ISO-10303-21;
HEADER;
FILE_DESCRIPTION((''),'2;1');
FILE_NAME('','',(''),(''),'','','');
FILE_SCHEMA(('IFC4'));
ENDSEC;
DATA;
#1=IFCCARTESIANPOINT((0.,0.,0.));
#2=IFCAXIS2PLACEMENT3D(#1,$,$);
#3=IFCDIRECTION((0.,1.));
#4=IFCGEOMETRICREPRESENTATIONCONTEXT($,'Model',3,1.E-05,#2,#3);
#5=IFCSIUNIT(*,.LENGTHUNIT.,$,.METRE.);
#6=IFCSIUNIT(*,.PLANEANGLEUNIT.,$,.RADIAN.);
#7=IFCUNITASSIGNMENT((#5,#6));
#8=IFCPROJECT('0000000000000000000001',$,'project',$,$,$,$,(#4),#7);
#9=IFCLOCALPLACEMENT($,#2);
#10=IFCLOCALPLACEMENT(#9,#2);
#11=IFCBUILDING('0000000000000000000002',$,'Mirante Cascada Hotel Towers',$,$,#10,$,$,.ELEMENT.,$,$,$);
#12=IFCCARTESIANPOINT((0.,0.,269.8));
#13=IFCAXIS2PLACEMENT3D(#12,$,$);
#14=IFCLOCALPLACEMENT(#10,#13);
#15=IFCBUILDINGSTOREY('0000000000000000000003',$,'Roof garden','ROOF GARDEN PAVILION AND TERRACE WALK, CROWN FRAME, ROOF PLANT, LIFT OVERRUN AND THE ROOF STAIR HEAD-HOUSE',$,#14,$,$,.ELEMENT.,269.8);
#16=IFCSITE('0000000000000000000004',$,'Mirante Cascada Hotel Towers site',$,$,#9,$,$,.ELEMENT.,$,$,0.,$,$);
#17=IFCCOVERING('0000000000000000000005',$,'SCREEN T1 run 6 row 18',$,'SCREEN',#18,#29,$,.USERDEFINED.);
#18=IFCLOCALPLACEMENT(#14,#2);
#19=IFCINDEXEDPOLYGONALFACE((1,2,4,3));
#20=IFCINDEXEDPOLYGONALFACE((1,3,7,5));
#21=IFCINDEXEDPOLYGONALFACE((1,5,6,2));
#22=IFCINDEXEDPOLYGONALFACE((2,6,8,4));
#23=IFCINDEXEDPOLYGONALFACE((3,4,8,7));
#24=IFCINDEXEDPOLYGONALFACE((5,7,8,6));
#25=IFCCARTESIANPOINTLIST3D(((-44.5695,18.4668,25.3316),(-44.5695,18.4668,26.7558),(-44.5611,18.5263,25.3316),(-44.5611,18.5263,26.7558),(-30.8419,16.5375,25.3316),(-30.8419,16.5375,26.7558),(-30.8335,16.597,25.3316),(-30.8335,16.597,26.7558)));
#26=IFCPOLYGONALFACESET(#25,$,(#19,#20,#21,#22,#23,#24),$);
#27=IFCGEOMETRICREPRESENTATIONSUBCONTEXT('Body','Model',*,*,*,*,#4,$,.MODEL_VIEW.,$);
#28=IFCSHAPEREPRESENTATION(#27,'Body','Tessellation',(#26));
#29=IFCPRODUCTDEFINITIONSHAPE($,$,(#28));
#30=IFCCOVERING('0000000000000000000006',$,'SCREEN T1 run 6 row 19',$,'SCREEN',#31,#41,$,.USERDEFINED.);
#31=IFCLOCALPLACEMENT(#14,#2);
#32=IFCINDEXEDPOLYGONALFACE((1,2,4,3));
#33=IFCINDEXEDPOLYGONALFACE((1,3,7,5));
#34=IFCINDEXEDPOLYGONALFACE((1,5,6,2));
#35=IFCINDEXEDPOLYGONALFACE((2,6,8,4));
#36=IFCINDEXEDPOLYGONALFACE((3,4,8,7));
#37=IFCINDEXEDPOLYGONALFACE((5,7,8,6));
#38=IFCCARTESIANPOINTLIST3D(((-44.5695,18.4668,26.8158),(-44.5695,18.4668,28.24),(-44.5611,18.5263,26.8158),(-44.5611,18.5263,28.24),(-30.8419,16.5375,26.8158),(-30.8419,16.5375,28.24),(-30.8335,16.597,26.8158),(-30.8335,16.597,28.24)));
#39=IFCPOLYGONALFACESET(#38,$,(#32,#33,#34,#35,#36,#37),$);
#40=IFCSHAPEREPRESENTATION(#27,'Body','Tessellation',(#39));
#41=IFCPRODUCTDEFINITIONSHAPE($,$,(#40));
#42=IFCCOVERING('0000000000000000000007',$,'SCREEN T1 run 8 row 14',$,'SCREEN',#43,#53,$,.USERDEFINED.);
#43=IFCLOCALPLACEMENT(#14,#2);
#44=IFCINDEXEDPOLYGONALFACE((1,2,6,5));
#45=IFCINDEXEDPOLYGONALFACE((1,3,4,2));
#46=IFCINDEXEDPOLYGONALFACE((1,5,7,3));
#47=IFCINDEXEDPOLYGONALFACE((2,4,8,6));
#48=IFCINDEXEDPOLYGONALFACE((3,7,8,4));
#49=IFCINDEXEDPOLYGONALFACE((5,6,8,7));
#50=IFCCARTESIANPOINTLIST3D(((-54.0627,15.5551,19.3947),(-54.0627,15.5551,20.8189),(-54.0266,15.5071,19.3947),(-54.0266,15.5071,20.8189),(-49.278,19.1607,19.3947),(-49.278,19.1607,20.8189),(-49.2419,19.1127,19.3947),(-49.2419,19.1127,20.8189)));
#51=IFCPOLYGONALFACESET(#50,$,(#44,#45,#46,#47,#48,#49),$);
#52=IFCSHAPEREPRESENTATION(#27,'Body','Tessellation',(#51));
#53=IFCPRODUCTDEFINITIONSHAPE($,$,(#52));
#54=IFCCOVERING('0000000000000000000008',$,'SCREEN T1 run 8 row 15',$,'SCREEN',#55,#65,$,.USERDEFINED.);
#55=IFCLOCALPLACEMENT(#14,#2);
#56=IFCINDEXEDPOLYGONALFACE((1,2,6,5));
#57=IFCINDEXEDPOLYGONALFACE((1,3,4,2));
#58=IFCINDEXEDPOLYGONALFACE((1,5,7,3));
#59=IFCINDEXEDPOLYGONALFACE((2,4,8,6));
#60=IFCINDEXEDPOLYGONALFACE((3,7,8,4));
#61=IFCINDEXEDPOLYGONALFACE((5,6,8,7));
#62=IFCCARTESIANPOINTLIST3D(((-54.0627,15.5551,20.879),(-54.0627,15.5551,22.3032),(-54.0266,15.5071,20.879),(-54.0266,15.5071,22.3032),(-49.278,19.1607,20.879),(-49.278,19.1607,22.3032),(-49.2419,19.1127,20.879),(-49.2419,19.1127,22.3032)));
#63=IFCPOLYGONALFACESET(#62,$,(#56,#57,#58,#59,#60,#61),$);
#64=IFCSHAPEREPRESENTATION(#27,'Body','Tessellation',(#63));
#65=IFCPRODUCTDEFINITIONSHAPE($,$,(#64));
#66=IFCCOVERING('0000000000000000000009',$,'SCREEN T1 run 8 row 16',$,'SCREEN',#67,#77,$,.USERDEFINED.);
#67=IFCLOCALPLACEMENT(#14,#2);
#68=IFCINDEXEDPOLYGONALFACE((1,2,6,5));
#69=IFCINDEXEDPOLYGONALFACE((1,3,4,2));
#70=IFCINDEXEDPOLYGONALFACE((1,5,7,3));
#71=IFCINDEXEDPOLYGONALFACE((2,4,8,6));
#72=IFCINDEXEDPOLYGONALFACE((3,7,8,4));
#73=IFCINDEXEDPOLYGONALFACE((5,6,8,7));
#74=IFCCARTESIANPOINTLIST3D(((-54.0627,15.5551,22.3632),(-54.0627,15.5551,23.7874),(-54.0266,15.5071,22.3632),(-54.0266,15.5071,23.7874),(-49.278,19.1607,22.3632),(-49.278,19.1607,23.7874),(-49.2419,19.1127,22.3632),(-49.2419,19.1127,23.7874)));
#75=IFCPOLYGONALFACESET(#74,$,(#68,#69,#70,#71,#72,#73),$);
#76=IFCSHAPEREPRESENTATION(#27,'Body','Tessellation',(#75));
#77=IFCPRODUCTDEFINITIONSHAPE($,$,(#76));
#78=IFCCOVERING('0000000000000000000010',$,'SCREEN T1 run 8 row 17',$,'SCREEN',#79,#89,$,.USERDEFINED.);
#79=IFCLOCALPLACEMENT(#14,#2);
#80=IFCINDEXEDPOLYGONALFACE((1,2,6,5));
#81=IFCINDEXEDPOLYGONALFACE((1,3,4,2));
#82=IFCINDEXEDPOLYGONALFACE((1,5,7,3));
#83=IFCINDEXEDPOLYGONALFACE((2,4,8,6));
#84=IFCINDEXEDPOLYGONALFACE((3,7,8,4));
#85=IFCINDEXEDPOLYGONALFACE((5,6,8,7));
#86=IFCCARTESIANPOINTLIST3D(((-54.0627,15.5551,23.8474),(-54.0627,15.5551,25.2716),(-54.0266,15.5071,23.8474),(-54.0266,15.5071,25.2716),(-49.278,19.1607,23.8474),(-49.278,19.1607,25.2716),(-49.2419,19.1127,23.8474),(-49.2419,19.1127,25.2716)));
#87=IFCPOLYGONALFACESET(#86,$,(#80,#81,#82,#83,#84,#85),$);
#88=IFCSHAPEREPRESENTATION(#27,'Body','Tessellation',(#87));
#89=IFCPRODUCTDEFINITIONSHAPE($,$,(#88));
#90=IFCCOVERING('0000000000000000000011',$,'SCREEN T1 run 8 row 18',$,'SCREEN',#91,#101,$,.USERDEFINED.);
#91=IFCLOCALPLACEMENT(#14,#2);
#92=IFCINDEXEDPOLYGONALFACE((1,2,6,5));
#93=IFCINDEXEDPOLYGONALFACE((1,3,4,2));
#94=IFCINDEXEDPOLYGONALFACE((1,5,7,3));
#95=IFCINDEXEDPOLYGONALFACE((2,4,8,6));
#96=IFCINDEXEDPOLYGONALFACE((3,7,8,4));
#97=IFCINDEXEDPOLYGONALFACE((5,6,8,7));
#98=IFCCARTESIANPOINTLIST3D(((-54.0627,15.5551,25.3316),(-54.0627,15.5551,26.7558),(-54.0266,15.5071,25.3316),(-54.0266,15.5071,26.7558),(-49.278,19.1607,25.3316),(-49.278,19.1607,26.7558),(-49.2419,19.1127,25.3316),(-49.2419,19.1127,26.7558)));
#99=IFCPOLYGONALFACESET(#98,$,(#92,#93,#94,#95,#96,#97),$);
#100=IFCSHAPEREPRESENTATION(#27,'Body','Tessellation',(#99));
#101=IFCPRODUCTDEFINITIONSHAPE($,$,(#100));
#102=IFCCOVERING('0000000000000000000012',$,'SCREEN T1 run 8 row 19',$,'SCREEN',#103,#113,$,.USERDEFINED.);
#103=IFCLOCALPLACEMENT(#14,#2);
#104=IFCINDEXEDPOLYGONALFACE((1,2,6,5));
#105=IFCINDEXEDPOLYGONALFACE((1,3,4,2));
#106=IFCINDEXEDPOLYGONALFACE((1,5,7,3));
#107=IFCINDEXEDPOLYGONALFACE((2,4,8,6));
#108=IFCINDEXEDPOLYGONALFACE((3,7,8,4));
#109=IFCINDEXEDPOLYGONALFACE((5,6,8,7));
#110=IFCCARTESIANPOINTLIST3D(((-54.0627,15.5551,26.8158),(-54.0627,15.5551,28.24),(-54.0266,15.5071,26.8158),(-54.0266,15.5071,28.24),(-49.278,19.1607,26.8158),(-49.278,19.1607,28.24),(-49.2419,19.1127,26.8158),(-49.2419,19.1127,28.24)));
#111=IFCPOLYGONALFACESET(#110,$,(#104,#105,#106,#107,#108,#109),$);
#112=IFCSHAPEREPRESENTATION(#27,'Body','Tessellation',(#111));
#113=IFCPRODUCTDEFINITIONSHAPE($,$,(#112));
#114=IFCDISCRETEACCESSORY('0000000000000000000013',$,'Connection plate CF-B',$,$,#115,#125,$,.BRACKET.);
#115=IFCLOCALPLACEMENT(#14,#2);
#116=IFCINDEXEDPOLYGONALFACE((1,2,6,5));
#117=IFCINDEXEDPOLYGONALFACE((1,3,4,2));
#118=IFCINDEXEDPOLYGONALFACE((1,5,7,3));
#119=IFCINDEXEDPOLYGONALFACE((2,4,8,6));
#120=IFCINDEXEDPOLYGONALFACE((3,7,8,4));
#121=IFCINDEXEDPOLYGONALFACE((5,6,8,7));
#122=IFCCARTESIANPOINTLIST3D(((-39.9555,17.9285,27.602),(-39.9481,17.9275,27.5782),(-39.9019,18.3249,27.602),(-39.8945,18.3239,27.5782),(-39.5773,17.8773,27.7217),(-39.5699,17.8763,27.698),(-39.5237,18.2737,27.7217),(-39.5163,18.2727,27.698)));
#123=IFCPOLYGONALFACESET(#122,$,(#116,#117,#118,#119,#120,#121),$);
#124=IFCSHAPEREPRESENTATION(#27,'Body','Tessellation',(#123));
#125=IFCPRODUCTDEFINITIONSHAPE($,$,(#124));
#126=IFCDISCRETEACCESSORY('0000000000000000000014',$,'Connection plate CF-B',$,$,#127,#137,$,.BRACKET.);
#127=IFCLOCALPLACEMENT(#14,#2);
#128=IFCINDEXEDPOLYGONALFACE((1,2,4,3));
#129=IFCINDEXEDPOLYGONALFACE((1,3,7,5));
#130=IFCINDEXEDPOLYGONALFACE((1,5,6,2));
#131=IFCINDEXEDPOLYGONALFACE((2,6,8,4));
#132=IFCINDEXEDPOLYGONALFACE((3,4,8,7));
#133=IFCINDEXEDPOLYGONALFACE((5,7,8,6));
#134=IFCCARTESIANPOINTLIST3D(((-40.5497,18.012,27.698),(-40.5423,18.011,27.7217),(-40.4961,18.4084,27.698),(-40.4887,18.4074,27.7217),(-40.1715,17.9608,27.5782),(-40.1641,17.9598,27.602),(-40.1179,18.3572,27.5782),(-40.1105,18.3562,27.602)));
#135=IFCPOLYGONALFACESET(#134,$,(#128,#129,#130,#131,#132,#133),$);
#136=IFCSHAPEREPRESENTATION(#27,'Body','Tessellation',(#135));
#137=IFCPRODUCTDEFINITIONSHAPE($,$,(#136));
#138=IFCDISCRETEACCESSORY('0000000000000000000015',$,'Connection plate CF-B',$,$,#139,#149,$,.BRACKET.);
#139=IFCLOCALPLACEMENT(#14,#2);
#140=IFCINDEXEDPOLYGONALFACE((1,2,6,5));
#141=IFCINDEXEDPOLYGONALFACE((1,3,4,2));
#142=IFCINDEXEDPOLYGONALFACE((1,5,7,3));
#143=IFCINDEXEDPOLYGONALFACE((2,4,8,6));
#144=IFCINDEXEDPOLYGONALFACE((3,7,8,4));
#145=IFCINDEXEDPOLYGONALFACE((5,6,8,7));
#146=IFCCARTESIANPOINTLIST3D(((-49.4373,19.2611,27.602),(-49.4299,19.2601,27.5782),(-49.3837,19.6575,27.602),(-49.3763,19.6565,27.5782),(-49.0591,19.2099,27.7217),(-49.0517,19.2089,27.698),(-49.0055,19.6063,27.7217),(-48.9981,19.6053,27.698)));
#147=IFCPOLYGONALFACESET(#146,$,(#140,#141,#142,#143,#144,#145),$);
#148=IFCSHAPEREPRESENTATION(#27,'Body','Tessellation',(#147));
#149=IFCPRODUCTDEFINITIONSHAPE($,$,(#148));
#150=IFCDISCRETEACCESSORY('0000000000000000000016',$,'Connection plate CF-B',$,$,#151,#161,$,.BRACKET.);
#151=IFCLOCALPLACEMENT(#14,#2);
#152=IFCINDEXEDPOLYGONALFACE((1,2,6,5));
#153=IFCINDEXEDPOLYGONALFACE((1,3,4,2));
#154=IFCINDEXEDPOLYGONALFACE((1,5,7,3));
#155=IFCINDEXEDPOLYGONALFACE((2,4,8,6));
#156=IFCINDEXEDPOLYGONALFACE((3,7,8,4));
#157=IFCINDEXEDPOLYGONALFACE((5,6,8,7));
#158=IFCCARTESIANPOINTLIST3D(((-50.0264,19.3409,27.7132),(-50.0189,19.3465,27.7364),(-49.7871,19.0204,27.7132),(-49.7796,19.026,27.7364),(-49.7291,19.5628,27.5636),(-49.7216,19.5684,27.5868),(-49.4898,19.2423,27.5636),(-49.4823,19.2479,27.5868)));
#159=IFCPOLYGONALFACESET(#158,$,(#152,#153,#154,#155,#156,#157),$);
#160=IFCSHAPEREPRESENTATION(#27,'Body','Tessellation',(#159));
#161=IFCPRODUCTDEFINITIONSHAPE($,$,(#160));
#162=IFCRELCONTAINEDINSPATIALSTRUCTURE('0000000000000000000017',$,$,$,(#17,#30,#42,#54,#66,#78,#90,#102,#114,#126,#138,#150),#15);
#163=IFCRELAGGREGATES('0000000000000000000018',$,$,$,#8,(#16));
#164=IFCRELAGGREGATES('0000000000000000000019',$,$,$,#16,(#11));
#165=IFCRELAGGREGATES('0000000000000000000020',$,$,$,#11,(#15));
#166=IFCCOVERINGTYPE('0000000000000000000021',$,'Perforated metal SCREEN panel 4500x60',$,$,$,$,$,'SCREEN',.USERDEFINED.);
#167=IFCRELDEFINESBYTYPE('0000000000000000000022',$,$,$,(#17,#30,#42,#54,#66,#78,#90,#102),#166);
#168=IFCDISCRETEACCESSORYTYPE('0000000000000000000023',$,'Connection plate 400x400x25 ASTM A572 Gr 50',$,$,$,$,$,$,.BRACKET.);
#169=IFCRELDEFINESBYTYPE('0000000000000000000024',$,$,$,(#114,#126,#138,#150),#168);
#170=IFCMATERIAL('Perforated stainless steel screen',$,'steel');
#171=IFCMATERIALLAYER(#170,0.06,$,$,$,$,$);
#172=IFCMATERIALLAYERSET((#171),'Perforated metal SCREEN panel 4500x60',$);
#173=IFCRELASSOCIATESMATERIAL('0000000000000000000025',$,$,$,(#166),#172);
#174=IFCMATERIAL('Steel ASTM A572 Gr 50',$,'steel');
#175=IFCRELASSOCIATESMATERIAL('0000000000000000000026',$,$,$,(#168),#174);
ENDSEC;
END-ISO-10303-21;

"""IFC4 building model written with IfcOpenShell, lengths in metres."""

from ifc_helpers import new_model, si_unit, direction, frame, origin, origin_2d, place, context, subcontext, project, spatial, rectangle, extrude, material, layer, layer_set, material_profile, profile_set, type_object, element, save


model = new_model("IFC4")

# Units and contexts
model_context = context("Model", 3, precision=1e-05, world=origin(), true_north=direction((0.0, 1.0)))
body_context = subcontext(model_context, "Body", "Model", "MODEL_VIEW")
ifc_project = project(units=[si_unit("LENGTHUNIT", "METRE"), si_unit("PLANEANGLEUNIT", "RADIAN")], contexts=[model_context])

# Site, building, storey
site_placement = place(None, origin())
site = spatial("IfcSite", under=ifc_project, at=site_placement, Name="Mirante Cascada Hotel Towers site", CompositionType="ELEMENT", RefElevation=0.0)
building_placement = place(site_placement, origin())
building = spatial("IfcBuilding", under=site, at=building_placement, Name="Mirante Cascada Hotel Towers", CompositionType="ELEMENT")
storey_placement = place(building_placement, frame((0.0, 0.0, 269.8)))
storey = spatial("IfcBuildingStorey", under=building, at=storey_placement, Name="Roof garden", Description="ROOF GARDEN PAVILION AND TERRACE WALK, CROWN FRAME, ROOF PLANT, LIFT OVERRUN AND THE ROOF STAIR HEAD-HOUSE", CompositionType="ELEMENT", Elevation=269.8)

# Coverings
ifc_material_1 = material(Name="Perforated stainless steel screen", Category="steel")
ifc_layer_1 = layer(ifc_material_1, 0.06)
ifc_layer_set_1 = layer_set([ifc_layer_1], Name="Perforated metal SCREEN panel 4500x60")
covering_type_1 = type_object("IfcCoveringType", Name="Perforated metal SCREEN panel 4500x60", ElementType="SCREEN", PredefinedType="USERDEFINED", material=ifc_layer_set_1)
for number, where, z_axis, x_axis, name in (
    (1, (-37.7015, 17.5319, 25.3316), (0.0, 0.0, 1.0), (-0.990268, 0.139173, 0.0), "SCREEN T1 run 6 row 18"),
    (2, (-37.7015, 17.5319, 26.8158), (0.0, 0.0, 1.0), (-0.990268, 0.139173, 0.0), "SCREEN T1 run 6 row 19"),
):
    element("IfcCovering", number, at=place(storey_placement, frame(where, z_axis=z_axis, x_axis=x_axis)), inside=storey, type_object=covering_type_1, Name=name, ObjectType="SCREEN", PredefinedType="USERDEFINED", context=body_context, shape_type="SweptSolid", body=[
        extrude(rectangle(XDim=13.8625, YDim=0.06, at=origin_2d()), origin(), (0.0, 0.0, 1.0), 1.4242),
    ])
for number, where, z_axis, x_axis, name in (
    (3, (-51.6523, 17.3339, 19.3947), (0.0, 0.0, 1.0), (-0.798636, -0.601815, 0.0), "SCREEN T1 run 8 row 14"),
    (4, (-51.6523, 17.3339, 20.879), (0.0, 0.0, 1.0), (-0.798636, -0.601815, 0.0), "SCREEN T1 run 8 row 15"),
    (5, (-51.6523, 17.3339, 22.3632), (0.0, 0.0, 1.0), (-0.798636, -0.601815, 0.0), "SCREEN T1 run 8 row 16"),
    (6, (-51.6523, 17.3339, 23.8474), (0.0, 0.0, 1.0), (-0.798636, -0.601815, 0.0), "SCREEN T1 run 8 row 17"),
    (7, (-51.6523, 17.3339, 25.3316), (0.0, 0.0, 1.0), (-0.798636, -0.601815, 0.0), "SCREEN T1 run 8 row 18"),
    (8, (-51.6523, 17.3339, 26.8158), (0.0, 0.0, 1.0), (-0.798636, -0.601815, 0.0), "SCREEN T1 run 8 row 19"),
):
    element("IfcCovering", number, at=place(storey_placement, frame(where, z_axis=z_axis, x_axis=x_axis)), inside=storey, type_object=covering_type_1, Name=name, ObjectType="SCREEN", PredefinedType="USERDEFINED", context=body_context, shape_type="SweptSolid", body=[
        extrude(rectangle(XDim=5.9912, YDim=0.06, at=origin_2d()), origin(), (0.0, 0.0, 1.0), 1.4242),
    ])

# Discrete accessories
ifc_material_2 = material(Name="Steel ASTM A572 Gr 50", Category="steel")
ifc_material_profile_1 = material_profile(ifc_material_2, rectangle(XDim=0.4, YDim=0.4, at=origin_2d()), Name="Connection plate 400x400x25 ASTM A572 Gr 50")
ifc_profile_set_1 = profile_set([ifc_material_profile_1], Name="Steel ASTM A572 Gr 50")
discrete_accessory_type = type_object("IfcDiscreteAccessoryType", Name="Connection plate 400x400x25 ASTM A572 Gr 50", PredefinedType="BRACKET", material=ifc_profile_set_1)
for number, where, z_axis, x_axis, name in (
    (9, (-39.7322, 18.1001, 27.6381), (-0.296665, 0.04009, 0.95414), (-0.133918, -0.990992, 0.0), "Connection plate CF-B"),
    (10, (-40.3338, 18.1846, 27.6381), (0.296665, -0.04009, 0.95414), (0.133918, 0.990992, 0.0), "Connection plate CF-B"),
    (11, (-49.214, 19.4327, 27.6381), (-0.296665, 0.04009, 0.95414), (-0.133918, -0.990992, 0.0), "Connection plate CF-B"),
):
    element("IfcDiscreteAccessory", number, at=place(storey_placement, frame(where, z_axis=z_axis, x_axis=x_axis)), inside=storey, type_object=discrete_accessory_type, Name=name, PredefinedType="BRACKET", context=body_context, shape_type="SweptSolid", body=[
        extrude(rectangle(XDim=0.4, YDim=0.4, at=origin_2d()), origin(), (0.0, 0.0, 1.0), 0.0249),
    ])
discrete_accessory_placement = place(storey_placement, frame((-49.7581, 19.2916, 27.6384), z_axis=(0.299796, 0.223848, 0.92737), x_axis=(-0.598289, 0.80128, 0.0)))
element("IfcDiscreteAccessory", 12, at=discrete_accessory_placement, inside=storey, type_object=discrete_accessory_type, Name="Connection plate CF-B", PredefinedType="BRACKET", context=body_context, shape_type="SweptSolid", body=[
    extrude(rectangle(XDim=0.4, YDim=0.4, at=origin_2d()), origin(), (0.0, 0.0, 1.0), 0.025),
])

save(model, "model.ifc")
